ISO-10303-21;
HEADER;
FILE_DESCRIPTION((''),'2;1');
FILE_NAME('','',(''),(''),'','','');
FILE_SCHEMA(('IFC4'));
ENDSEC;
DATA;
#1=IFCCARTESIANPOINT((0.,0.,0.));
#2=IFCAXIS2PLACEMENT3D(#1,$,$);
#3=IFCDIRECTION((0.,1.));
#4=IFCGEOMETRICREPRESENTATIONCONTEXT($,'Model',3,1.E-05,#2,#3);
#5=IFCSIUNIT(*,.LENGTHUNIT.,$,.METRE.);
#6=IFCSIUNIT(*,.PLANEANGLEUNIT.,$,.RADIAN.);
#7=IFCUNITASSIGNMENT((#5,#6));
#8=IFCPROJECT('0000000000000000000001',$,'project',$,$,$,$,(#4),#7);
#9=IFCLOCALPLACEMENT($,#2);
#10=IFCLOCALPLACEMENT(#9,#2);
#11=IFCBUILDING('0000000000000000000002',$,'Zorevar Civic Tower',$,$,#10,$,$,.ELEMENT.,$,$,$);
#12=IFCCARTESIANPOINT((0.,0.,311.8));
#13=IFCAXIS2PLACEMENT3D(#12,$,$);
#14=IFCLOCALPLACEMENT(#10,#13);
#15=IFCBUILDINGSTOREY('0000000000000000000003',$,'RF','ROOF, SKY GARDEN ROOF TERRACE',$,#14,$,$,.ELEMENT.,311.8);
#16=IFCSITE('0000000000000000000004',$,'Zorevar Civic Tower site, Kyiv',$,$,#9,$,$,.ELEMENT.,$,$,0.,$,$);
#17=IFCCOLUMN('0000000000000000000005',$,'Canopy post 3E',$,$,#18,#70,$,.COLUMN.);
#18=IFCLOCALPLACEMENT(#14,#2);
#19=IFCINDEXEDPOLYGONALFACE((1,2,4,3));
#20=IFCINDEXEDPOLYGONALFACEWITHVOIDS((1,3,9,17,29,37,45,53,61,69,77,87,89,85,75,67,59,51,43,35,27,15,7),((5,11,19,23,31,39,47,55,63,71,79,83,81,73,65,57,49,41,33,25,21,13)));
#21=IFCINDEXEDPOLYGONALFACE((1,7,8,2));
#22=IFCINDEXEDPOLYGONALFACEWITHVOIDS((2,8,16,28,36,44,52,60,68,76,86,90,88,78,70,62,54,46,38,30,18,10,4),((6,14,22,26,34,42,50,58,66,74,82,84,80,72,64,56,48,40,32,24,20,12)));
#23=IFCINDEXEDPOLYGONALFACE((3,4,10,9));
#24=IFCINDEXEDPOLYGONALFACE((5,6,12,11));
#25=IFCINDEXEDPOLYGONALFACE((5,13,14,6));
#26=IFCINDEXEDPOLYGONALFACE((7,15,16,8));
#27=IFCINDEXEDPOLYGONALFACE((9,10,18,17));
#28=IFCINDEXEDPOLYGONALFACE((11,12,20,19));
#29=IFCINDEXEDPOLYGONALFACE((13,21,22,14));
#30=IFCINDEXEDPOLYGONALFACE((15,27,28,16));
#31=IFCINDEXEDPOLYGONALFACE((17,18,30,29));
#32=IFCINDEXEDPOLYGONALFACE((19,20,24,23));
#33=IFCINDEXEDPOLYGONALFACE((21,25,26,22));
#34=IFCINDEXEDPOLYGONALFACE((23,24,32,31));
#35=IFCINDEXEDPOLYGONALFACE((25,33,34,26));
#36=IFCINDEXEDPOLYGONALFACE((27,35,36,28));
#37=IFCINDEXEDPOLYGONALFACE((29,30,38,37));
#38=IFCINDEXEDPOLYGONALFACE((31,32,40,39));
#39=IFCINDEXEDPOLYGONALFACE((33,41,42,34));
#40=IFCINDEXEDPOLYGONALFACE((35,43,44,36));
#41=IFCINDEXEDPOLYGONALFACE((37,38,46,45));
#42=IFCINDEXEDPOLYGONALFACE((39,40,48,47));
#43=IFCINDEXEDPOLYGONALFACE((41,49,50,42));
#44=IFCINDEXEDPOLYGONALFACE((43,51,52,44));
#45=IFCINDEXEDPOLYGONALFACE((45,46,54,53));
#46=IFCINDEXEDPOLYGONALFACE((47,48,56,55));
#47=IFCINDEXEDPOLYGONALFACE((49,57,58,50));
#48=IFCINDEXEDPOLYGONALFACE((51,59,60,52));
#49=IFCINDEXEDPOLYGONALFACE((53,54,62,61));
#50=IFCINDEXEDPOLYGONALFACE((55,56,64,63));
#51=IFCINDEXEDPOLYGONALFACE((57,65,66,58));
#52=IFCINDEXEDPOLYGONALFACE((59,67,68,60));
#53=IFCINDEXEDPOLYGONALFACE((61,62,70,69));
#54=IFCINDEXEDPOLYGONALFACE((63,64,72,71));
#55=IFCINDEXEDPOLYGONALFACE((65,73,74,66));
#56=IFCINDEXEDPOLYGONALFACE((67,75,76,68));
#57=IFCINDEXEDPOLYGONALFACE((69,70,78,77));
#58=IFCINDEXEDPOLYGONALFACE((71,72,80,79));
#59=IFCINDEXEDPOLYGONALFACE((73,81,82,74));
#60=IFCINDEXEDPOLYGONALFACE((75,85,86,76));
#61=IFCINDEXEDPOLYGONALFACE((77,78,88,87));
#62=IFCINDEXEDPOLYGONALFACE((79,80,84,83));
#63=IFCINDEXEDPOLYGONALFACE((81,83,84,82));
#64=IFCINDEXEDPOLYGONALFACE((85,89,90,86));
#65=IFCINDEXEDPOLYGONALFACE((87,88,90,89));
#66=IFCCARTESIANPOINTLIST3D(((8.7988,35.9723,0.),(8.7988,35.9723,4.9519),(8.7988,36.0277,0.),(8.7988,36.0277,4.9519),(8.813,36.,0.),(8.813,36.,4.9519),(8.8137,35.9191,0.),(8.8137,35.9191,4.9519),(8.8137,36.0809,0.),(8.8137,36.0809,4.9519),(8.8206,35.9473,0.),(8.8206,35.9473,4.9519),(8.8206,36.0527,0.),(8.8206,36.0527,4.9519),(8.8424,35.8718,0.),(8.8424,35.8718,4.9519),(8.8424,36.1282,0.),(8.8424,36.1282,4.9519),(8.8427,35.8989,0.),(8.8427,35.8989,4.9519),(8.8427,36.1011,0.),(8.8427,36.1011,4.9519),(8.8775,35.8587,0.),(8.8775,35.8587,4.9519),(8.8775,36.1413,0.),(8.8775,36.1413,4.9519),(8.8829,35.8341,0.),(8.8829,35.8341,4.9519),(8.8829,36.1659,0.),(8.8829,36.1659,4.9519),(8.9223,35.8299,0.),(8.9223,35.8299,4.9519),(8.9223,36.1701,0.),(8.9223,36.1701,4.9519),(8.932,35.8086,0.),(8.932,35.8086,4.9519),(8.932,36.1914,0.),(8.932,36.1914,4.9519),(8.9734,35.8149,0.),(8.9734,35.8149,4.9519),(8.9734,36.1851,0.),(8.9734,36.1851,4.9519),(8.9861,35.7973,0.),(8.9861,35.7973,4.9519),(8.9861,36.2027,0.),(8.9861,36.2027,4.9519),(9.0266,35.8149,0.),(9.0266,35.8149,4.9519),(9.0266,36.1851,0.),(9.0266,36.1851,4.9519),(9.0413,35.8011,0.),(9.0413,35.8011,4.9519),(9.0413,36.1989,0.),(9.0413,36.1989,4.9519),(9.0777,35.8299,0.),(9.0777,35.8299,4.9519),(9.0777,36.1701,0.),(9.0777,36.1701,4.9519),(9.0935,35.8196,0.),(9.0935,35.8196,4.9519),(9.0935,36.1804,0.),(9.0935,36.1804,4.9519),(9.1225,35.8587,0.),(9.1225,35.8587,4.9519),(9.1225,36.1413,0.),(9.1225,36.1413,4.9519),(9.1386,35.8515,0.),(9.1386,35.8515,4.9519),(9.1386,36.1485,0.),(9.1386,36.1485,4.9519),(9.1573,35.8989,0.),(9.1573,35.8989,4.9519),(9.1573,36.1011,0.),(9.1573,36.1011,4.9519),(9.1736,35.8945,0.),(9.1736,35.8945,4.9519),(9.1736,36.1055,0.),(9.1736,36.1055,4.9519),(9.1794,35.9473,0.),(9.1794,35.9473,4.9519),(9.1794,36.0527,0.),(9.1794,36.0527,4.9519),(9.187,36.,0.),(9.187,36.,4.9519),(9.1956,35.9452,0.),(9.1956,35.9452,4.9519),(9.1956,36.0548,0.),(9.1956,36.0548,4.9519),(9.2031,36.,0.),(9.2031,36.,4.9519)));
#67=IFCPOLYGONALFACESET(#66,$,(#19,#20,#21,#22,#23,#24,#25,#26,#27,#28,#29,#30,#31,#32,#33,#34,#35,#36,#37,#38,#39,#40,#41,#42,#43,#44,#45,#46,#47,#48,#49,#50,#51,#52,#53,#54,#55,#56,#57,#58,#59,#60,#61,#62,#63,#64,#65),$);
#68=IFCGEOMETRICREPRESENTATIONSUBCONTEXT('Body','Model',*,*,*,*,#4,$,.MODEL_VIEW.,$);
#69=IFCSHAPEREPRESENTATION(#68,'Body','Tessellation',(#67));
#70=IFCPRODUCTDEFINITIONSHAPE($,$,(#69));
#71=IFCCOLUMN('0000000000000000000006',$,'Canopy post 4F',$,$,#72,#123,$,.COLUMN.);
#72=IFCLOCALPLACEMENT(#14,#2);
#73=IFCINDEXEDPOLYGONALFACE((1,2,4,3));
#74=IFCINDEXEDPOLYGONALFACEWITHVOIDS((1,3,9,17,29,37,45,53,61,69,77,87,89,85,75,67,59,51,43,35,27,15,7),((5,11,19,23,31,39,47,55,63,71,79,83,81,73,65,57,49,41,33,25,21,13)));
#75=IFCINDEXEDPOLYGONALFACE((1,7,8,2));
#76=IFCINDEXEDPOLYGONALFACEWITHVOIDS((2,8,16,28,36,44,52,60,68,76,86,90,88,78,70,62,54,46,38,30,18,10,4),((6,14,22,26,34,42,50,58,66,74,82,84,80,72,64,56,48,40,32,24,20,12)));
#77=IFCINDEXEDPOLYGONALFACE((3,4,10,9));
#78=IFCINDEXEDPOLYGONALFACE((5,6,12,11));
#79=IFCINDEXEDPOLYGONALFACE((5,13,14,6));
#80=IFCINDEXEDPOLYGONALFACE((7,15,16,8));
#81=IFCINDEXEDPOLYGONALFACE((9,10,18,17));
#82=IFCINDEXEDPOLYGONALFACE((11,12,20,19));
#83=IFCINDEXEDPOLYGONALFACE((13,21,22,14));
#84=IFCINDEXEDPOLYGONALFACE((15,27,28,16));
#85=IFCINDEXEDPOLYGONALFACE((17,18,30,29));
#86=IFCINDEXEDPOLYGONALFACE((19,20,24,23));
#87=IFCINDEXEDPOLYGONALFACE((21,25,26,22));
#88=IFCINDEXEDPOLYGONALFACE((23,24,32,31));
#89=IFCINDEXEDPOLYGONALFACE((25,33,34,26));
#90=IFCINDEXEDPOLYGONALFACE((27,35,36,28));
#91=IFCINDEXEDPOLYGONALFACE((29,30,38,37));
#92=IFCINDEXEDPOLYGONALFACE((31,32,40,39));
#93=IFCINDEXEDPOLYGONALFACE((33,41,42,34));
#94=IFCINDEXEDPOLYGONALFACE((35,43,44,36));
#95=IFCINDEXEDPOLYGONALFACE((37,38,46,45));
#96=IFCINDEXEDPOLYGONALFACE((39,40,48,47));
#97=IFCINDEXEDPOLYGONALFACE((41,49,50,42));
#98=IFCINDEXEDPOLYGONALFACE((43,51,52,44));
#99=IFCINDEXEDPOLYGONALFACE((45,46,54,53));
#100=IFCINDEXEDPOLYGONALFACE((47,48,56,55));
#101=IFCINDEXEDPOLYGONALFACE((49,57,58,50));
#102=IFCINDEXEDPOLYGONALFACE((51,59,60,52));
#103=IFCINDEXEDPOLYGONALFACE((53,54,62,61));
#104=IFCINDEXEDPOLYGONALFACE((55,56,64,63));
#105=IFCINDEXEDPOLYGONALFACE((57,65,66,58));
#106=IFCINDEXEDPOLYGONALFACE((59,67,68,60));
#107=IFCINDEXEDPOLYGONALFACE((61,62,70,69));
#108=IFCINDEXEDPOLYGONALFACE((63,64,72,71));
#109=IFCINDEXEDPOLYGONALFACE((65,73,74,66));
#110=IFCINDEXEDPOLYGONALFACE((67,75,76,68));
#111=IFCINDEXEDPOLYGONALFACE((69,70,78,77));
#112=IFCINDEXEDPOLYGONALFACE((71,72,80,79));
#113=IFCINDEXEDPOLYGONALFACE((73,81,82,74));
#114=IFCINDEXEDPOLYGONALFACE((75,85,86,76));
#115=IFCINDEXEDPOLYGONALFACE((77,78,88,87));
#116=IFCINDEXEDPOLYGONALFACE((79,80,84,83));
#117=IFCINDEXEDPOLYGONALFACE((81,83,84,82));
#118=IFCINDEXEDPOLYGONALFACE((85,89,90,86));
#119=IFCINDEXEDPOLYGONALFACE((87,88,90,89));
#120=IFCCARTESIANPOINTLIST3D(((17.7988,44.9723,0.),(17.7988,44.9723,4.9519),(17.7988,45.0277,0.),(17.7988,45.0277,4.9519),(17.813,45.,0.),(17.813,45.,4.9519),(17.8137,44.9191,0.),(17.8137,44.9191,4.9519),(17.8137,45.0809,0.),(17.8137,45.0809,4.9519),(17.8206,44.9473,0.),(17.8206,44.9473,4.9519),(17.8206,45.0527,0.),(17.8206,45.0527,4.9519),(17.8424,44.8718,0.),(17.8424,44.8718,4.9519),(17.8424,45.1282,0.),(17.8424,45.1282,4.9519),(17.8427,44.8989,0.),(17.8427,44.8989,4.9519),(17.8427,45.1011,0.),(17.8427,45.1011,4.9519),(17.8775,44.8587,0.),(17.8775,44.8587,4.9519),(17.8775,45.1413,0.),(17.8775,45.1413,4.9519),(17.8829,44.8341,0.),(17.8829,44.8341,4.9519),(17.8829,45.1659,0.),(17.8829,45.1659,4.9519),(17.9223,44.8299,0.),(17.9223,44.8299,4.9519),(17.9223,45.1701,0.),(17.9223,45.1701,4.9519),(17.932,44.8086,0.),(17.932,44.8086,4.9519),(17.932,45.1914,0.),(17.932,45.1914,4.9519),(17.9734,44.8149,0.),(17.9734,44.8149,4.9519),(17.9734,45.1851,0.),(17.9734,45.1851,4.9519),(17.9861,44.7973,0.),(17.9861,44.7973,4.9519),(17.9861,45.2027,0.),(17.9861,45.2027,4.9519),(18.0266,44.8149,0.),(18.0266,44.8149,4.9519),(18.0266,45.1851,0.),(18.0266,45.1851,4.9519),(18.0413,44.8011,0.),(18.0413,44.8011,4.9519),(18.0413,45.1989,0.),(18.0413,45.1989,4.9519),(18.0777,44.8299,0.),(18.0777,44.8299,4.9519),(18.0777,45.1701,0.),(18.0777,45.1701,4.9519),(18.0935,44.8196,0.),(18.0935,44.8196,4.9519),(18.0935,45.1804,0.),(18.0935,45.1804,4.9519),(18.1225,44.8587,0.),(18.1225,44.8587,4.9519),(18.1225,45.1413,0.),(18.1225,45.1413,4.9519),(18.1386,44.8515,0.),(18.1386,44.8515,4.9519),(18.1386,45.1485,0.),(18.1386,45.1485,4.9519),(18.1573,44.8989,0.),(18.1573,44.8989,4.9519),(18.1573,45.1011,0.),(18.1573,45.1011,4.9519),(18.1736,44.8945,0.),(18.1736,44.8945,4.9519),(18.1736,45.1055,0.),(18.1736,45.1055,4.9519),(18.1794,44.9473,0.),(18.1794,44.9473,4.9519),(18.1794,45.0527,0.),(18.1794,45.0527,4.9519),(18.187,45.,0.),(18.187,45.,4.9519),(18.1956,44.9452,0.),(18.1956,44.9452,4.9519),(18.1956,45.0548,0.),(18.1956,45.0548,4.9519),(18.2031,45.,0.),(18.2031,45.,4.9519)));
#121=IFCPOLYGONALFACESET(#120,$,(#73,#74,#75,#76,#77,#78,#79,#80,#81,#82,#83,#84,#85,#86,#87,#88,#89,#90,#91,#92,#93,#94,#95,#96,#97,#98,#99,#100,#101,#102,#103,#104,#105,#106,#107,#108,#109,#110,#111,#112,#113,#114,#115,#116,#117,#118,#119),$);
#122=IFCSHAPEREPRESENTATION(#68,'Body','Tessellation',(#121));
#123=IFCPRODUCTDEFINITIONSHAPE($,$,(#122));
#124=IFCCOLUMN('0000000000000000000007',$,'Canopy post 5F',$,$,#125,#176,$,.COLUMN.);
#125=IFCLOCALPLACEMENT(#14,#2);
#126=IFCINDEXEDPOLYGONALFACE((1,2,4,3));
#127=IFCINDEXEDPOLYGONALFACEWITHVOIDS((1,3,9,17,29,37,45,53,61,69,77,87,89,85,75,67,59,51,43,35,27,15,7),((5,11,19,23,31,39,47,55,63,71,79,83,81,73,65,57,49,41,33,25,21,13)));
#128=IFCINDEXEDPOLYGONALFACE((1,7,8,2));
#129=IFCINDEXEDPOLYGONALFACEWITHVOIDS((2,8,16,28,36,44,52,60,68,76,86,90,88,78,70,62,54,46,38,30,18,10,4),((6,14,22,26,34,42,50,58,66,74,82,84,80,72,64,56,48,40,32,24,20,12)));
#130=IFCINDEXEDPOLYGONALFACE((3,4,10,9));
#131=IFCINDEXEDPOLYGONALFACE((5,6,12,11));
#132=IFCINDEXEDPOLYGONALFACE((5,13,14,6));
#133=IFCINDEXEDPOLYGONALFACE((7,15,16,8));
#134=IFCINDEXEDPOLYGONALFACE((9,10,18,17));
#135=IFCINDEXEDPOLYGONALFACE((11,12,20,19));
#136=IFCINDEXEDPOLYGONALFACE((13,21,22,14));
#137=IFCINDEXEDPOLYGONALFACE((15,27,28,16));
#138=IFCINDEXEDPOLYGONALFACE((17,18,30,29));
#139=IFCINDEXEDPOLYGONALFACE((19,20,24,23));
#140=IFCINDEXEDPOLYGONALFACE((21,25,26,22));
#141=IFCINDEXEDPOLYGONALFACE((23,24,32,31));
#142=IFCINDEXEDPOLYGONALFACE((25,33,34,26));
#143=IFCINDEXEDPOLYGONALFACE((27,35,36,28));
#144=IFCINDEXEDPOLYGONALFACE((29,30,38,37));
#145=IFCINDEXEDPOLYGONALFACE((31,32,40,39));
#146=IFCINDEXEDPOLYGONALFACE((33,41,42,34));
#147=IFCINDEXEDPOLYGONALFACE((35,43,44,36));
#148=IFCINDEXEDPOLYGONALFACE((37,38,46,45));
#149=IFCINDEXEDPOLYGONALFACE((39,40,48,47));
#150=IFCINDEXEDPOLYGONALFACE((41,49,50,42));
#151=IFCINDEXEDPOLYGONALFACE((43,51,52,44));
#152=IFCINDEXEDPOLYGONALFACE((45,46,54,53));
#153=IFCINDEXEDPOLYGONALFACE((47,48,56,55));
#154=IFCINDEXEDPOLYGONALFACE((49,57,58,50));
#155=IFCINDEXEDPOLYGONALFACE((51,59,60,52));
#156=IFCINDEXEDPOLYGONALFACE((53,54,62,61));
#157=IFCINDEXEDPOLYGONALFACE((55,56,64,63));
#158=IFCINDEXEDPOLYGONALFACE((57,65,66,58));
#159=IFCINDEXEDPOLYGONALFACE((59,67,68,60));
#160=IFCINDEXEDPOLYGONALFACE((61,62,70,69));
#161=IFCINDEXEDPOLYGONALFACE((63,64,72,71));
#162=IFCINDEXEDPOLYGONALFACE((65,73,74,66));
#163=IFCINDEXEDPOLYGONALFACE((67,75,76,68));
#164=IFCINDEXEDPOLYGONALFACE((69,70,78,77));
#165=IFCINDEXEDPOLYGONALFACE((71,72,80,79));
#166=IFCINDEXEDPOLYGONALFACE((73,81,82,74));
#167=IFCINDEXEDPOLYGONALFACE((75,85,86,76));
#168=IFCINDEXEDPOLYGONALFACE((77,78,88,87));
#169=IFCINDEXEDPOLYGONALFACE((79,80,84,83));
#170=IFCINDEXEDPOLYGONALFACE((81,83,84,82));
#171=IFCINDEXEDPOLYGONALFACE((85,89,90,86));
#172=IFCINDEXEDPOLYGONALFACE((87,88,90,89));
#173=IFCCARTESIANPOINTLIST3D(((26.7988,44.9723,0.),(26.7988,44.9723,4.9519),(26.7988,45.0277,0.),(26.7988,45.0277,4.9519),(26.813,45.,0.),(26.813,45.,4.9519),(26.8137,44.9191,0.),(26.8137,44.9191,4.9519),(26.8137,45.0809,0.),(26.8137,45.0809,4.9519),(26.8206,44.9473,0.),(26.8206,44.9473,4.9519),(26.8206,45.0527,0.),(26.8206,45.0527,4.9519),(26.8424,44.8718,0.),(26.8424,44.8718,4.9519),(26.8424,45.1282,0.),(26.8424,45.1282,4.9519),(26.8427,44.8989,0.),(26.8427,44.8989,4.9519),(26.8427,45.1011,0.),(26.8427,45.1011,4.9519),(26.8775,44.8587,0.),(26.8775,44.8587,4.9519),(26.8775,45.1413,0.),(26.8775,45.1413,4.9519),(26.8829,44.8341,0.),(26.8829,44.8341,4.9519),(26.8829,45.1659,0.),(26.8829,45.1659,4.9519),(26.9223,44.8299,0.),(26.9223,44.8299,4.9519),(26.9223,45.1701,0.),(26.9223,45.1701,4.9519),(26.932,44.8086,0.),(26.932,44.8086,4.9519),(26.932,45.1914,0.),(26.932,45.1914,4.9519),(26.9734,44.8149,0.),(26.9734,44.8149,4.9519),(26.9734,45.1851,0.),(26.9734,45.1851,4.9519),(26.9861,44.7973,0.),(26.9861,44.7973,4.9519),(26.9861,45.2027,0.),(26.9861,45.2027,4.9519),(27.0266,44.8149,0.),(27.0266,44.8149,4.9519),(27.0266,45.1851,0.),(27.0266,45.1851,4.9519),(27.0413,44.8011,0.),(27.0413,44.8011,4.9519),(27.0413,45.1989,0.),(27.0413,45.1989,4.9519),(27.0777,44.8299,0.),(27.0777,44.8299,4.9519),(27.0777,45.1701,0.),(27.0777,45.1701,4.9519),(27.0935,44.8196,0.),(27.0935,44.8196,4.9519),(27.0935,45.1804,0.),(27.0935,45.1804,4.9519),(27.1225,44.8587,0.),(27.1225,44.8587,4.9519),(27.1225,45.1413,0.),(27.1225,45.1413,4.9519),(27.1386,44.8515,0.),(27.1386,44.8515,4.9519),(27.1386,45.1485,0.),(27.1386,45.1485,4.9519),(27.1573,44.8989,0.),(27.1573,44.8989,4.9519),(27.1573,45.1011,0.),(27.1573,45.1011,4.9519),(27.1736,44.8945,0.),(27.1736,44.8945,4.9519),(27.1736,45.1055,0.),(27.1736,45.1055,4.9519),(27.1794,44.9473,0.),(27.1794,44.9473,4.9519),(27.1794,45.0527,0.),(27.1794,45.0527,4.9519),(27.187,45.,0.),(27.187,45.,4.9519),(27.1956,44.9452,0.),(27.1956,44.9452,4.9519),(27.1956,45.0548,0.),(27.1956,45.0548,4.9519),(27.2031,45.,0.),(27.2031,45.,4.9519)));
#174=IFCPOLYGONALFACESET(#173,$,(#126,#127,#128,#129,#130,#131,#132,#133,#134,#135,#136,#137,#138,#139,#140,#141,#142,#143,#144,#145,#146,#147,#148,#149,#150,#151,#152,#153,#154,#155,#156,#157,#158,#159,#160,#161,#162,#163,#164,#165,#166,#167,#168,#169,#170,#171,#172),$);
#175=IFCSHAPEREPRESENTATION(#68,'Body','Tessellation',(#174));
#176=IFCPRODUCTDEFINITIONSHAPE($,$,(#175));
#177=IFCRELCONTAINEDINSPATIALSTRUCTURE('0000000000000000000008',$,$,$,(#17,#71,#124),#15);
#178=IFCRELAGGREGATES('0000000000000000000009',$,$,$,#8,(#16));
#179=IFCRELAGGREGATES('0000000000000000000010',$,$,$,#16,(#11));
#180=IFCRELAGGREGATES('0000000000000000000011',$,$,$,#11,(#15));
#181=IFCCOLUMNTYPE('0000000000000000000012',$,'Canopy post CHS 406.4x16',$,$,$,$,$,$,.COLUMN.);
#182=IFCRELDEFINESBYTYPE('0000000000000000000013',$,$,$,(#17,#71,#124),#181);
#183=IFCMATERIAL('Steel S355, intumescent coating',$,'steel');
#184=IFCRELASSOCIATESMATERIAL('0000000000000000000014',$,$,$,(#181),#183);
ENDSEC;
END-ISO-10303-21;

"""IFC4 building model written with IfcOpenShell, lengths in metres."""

from ifc_helpers import new_model, si_unit, direction, frame, origin, origin_2d, place, context, subcontext, project, spatial, hollow_circle, extrude, material, material_profile, profile_set, type_object, element, save


model = new_model("IFC4")

# Units and contexts
model_context = context("Model", 3, precision=1e-05, world=origin(), true_north=direction((0.0, 1.0)))
body_context = subcontext(model_context, "Body", "Model", "MODEL_VIEW")
ifc_project = project(units=[si_unit("LENGTHUNIT", "METRE"), si_unit("PLANEANGLEUNIT", "RADIAN")], contexts=[model_context])

# Site, building, storey
site_placement = place(None, origin())
site = spatial("IfcSite", under=ifc_project, at=site_placement, Name="Zorevar Civic Tower site, Kyiv", CompositionType="ELEMENT", RefElevation=0.0)
building_placement = place(site_placement, origin())
building = spatial("IfcBuilding", under=site, at=building_placement, Name="Zorevar Civic Tower", CompositionType="ELEMENT")
storey_placement = place(building_placement, frame((0.0, 0.0, 311.8)))
storey = spatial("IfcBuildingStorey", under=building, at=storey_placement, Name="RF", Description="ROOF, SKY GARDEN ROOF TERRACE", CompositionType="ELEMENT", Elevation=311.8)

# Columns
ifc_material_1 = material(Name="Steel S355, intumescent coating", Category="steel")
ifc_material_profile_1 = material_profile(ifc_material_1, hollow_circle(Radius=0.2031, WallThickness=0.0161, at=origin_2d()), Name="CHS 406.4x16")
ifc_profile_set_1 = profile_set([ifc_material_profile_1], Name="Steel S355, intumescent coating")
column_type = type_object("IfcColumnType", Name="Canopy post CHS 406.4x16", PredefinedType="COLUMN", material=ifc_profile_set_1)
for number, where, z_axis, x_axis, name in (
    (1, (9.0, 36.0, 0.0), (0.0, 0.0, 1.0), (1.0, 0.0, 0.0), "Canopy post 3E"),
    (2, (18.0, 45.0, 0.0), (0.0, 0.0, 1.0), (1.0, 0.0, 0.0), "Canopy post 4F"),
    (3, (27.0, 45.0, 0.0), (0.0, 0.0, 1.0), (1.0, 0.0, 0.0), "Canopy post 5F"),
):
    element("IfcColumn", number, at=place(storey_placement, frame(where, z_axis=z_axis, x_axis=x_axis)), inside=storey, type_object=column_type, Name=name, PredefinedType="COLUMN", context=body_context, shape_type="SweptSolid", body=[
        extrude(hollow_circle(Radius=0.2031, WallThickness=0.0161, at=origin_2d()), origin(), (0.0, 0.0, 1.0), 4.9519),
    ])

save(model, "model.ifc")
